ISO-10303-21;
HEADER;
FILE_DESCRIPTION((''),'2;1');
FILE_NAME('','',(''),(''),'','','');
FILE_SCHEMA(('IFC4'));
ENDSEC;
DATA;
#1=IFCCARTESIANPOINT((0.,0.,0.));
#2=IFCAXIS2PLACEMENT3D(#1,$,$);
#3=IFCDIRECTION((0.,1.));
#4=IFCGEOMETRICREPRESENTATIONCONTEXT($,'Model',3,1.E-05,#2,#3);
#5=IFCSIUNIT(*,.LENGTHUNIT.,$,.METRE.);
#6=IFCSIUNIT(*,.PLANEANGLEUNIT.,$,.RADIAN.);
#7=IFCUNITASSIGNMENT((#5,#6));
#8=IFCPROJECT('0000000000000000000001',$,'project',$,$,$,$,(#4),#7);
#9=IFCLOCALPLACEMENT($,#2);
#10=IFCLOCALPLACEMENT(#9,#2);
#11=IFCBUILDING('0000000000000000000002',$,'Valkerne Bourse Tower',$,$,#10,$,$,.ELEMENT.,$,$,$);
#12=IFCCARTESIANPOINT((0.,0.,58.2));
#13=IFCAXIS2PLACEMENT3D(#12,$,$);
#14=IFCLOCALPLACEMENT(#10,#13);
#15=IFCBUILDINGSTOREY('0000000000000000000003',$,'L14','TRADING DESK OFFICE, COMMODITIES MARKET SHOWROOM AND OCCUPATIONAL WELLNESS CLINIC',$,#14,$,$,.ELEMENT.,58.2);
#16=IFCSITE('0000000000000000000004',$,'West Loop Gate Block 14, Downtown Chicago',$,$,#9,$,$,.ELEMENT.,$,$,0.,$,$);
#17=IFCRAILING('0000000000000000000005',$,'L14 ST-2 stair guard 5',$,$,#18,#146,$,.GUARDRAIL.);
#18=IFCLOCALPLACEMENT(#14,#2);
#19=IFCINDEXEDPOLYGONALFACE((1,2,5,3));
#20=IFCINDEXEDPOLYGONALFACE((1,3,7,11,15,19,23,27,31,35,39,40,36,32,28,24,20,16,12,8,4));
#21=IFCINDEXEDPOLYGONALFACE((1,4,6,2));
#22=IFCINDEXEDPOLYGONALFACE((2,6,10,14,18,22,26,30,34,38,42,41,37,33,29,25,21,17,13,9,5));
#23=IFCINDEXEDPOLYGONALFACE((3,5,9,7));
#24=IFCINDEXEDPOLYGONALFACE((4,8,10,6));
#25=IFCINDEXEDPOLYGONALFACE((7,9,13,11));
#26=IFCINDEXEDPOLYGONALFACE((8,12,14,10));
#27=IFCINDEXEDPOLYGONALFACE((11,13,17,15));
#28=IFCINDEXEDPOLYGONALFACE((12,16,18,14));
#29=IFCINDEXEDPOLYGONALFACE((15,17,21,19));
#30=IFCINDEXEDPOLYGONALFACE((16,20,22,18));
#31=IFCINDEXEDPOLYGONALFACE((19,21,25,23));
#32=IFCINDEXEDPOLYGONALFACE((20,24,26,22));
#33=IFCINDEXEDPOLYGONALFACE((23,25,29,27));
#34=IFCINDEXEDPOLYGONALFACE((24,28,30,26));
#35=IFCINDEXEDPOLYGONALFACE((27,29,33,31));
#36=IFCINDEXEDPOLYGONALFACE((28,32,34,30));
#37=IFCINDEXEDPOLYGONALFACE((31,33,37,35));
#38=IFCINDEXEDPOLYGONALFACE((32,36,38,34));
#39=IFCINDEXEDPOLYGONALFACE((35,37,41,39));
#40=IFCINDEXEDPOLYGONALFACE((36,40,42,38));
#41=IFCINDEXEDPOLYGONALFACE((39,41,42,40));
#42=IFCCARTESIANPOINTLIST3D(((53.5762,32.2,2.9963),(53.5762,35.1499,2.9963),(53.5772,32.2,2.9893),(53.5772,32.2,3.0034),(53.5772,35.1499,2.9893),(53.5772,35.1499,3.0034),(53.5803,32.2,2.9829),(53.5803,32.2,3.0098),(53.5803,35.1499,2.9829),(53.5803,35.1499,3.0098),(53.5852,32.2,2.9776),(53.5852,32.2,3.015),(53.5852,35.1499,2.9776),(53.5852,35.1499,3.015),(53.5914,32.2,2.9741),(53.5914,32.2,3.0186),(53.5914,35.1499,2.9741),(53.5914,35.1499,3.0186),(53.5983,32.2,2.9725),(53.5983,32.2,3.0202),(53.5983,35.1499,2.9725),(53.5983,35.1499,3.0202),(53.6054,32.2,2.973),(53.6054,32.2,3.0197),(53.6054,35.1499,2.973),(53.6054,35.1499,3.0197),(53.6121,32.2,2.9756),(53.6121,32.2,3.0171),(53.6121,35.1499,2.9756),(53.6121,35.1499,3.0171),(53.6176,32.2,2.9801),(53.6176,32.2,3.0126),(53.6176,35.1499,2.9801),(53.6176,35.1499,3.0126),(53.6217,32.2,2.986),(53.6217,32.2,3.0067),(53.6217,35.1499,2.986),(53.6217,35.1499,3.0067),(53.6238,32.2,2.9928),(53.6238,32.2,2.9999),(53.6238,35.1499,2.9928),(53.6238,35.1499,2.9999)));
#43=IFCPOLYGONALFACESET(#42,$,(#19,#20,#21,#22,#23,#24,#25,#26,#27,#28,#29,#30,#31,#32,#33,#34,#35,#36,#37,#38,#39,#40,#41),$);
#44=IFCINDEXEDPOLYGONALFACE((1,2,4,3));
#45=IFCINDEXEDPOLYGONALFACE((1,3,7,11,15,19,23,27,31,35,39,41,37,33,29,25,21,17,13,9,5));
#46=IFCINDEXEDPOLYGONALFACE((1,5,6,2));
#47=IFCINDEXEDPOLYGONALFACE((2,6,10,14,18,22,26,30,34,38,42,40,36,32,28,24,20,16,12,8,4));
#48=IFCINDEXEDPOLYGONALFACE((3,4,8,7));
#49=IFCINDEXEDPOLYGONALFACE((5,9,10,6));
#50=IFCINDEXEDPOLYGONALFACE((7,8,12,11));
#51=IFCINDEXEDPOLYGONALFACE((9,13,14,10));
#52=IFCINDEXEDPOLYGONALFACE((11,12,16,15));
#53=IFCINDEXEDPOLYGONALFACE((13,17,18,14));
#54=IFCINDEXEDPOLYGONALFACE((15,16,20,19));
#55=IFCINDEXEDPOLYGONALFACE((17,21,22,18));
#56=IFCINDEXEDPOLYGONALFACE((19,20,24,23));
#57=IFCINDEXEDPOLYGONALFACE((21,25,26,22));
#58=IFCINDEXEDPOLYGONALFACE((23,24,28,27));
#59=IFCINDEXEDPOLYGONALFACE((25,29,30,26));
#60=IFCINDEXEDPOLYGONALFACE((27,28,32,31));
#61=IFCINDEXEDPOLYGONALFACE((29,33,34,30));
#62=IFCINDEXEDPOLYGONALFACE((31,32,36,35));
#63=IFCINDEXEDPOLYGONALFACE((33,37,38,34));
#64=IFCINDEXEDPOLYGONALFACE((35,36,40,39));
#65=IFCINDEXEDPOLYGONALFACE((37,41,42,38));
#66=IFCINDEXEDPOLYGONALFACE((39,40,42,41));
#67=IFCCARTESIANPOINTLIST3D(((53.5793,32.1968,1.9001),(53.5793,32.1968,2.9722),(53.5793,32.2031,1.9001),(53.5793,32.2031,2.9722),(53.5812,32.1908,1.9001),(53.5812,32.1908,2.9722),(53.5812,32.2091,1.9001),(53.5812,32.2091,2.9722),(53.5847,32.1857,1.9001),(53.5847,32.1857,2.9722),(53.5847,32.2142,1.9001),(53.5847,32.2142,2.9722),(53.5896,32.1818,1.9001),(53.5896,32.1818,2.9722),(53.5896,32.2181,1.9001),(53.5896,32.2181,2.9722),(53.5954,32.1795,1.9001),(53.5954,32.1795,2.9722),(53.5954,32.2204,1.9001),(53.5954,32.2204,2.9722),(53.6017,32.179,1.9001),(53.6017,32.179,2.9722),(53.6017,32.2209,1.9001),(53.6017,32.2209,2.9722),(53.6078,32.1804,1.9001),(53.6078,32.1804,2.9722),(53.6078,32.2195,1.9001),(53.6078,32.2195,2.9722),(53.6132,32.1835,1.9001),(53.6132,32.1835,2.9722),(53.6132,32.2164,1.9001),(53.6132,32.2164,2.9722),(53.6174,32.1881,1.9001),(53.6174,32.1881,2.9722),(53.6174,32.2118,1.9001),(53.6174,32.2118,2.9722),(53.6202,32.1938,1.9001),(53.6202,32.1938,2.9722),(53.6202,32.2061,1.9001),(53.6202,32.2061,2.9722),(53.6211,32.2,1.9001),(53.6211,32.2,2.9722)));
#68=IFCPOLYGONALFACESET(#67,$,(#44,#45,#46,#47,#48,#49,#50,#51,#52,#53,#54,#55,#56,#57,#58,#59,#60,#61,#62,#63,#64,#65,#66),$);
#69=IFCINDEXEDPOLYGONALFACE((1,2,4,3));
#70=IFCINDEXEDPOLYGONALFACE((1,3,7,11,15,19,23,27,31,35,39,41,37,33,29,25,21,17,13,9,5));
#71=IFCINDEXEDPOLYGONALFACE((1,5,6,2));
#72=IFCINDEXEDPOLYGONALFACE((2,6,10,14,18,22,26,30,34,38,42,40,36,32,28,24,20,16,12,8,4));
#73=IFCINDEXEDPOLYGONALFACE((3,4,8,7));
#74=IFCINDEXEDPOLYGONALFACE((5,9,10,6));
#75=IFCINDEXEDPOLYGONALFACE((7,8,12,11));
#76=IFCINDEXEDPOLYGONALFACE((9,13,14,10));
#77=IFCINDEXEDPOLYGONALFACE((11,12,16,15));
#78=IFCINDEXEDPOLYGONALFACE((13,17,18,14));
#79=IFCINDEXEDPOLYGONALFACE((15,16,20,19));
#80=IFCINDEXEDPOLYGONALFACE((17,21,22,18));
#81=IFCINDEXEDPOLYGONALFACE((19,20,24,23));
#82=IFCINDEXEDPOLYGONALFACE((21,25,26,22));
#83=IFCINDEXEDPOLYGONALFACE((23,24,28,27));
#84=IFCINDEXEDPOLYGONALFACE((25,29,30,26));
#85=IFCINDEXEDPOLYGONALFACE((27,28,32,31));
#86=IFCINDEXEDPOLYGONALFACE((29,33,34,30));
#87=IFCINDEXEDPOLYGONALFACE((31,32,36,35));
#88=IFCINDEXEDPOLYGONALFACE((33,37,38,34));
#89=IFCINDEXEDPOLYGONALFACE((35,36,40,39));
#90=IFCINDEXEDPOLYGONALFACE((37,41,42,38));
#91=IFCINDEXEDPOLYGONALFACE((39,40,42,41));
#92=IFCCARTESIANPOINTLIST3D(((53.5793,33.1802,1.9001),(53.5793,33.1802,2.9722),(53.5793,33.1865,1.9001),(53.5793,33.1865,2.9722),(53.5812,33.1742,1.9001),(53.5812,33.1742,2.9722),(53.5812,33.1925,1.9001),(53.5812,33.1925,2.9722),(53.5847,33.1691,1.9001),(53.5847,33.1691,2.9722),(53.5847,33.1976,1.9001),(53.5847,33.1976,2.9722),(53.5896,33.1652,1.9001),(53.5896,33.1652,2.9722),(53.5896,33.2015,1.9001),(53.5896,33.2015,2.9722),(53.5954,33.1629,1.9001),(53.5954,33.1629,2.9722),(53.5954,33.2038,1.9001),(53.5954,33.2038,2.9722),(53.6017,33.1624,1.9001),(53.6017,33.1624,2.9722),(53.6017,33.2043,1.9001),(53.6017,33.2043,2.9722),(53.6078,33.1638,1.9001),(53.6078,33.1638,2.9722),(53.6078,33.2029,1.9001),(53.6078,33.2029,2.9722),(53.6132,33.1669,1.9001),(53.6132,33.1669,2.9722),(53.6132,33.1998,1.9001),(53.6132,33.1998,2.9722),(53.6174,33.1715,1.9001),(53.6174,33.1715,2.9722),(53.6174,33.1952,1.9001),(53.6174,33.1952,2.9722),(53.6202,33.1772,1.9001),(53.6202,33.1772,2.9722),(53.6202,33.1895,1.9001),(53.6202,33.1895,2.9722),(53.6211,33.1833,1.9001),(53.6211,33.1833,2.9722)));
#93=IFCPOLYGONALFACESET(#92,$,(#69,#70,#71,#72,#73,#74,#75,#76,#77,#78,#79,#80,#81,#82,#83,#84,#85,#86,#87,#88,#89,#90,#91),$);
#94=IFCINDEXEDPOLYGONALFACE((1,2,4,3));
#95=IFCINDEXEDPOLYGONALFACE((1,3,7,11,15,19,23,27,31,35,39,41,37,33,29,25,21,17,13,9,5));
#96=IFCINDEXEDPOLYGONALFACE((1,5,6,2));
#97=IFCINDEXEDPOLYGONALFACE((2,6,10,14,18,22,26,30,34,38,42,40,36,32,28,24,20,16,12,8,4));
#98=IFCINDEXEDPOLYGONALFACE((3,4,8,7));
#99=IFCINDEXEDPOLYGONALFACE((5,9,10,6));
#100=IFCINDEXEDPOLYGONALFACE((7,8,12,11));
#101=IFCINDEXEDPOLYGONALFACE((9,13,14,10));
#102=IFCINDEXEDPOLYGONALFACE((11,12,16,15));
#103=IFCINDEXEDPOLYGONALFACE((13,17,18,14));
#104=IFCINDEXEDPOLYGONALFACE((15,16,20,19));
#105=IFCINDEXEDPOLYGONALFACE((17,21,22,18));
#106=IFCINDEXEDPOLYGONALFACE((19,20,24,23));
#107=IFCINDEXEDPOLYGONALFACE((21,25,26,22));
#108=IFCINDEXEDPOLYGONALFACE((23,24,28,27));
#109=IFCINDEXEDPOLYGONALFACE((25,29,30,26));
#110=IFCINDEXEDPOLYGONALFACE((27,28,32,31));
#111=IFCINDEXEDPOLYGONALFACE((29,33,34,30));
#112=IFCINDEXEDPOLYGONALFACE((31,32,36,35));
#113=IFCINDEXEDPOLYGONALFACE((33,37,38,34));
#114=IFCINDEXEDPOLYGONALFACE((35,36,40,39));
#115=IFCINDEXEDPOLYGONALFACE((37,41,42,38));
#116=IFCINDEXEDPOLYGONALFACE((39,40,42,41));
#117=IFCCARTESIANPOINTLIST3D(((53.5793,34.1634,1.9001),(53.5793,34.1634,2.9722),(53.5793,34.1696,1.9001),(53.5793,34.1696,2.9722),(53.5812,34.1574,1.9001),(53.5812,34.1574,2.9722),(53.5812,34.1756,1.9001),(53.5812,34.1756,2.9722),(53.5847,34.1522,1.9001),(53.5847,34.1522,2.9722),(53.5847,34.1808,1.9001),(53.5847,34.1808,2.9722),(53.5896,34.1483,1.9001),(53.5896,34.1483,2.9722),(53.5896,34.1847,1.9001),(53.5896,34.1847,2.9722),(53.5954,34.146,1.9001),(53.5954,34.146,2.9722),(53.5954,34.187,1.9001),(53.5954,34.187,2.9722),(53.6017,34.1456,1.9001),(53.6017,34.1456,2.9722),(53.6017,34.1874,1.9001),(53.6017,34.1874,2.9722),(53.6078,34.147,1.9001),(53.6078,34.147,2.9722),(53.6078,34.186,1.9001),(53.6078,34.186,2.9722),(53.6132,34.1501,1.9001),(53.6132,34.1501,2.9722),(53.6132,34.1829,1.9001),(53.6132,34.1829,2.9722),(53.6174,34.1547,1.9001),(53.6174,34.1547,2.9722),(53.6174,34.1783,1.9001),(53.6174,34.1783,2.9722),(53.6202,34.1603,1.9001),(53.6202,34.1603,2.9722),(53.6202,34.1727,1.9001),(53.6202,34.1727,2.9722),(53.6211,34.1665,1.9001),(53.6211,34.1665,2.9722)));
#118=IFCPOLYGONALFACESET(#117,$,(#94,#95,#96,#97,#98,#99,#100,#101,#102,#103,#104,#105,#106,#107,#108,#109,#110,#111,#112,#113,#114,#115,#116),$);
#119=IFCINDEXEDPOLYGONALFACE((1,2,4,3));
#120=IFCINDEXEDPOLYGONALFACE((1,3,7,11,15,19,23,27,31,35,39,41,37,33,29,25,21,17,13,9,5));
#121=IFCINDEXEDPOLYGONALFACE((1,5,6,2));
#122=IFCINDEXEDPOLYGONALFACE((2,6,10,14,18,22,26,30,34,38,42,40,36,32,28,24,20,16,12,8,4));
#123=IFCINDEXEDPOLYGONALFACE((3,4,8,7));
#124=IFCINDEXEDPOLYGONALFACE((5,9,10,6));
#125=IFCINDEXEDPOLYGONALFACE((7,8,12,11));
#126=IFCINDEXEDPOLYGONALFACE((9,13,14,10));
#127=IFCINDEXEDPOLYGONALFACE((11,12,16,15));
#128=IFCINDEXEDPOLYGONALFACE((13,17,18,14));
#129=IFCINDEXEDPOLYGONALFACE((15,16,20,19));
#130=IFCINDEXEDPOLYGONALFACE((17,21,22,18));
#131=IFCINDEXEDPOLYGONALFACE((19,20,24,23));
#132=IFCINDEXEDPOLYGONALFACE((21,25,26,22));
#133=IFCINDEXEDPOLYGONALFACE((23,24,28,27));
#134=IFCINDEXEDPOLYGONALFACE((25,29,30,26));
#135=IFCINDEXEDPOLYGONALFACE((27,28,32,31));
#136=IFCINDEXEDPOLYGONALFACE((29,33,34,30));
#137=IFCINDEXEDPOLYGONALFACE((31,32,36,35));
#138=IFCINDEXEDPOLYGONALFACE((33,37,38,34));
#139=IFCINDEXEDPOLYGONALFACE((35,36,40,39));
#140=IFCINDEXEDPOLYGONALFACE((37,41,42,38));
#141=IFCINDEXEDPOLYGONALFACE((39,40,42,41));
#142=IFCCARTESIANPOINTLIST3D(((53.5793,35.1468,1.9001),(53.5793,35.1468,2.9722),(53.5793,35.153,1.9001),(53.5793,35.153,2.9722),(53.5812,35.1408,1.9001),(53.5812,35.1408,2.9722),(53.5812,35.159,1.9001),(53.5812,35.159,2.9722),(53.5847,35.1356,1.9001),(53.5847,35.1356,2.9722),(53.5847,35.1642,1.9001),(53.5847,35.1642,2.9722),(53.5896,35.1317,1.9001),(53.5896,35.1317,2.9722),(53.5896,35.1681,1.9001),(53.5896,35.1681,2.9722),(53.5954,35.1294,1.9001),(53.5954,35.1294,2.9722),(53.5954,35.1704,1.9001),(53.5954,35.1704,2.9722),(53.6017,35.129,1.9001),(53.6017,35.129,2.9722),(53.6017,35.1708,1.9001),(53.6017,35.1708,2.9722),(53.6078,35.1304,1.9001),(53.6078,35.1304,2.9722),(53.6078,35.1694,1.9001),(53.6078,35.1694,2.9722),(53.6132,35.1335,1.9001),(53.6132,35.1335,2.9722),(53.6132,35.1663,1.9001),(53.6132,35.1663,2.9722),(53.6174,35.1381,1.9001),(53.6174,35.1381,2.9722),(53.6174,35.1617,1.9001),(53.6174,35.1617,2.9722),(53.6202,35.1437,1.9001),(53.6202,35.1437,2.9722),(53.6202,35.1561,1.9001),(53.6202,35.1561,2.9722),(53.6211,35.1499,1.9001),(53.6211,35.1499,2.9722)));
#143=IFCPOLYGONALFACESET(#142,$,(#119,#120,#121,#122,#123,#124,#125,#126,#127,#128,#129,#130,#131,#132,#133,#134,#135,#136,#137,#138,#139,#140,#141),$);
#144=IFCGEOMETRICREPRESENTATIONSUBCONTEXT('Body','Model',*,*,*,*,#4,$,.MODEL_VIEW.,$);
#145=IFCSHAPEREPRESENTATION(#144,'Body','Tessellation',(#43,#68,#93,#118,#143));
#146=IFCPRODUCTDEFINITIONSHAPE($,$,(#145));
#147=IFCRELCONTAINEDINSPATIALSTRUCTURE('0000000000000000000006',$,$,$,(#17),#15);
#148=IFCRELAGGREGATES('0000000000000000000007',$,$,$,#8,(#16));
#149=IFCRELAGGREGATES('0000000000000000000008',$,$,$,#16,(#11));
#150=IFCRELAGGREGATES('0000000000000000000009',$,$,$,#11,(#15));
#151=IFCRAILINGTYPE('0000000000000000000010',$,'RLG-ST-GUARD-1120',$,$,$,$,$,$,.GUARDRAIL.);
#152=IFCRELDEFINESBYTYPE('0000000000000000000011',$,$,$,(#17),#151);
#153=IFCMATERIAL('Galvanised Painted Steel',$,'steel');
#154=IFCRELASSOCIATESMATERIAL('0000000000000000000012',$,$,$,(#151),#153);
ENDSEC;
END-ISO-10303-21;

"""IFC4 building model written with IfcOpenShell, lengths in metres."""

from ifc_helpers import new_model, si_unit, direction, frame, origin, origin_2d, place, context, subcontext, project, spatial, circle, extrude, material, type_object, element, save


model = new_model("IFC4")

# Units and contexts
model_context = context("Model", 3, precision=1e-05, world=origin(), true_north=direction((0.0, 1.0)))
body_context = subcontext(model_context, "Body", "Model", "MODEL_VIEW")
ifc_project = project(units=[si_unit("LENGTHUNIT", "METRE"), si_unit("PLANEANGLEUNIT", "RADIAN")], contexts=[model_context])

# Site, building, storey
site_placement = place(None, origin())
site = spatial("IfcSite", under=ifc_project, at=site_placement, Name="West Loop Gate Block 14, Downtown Chicago", CompositionType="ELEMENT", RefElevation=0.0)
building_placement = place(site_placement, origin())
building = spatial("IfcBuilding", under=site, at=building_placement, Name="Valkerne Bourse Tower", CompositionType="ELEMENT")
storey_placement = place(building_placement, frame((0.0, 0.0, 58.2)))
storey = spatial("IfcBuildingStorey", under=building, at=storey_placement, Name="L14", Description="TRADING DESK OFFICE, COMMODITIES MARKET SHOWROOM AND OCCUPATIONAL WELLNESS CLINIC", CompositionType="ELEMENT", Elevation=58.2)

# Railing
ifc_material_1 = material(Name="Galvanised Painted Steel", Category="steel")
railing_type_1 = type_object("IfcRailingType", Name="RLG-ST-GUARD-1120", PredefinedType="GUARDRAIL", material=ifc_material_1)
railing_1_placement = place(storey_placement, frame((53.6001, 32.2, 1.9001)))
element("IfcRailing", 1, at=railing_1_placement, inside=storey, type_object=railing_type_1, Name="L14 ST-2 stair guard 5", PredefinedType="GUARDRAIL", context=body_context, shape_type="SweptSolid", body=[
    extrude(circle(Radius=0.0239, at=origin_2d()), frame((0.0, 0.0, 1.0962), z_axis=(0.0, 1.0, 0.0), x_axis=(-1.0, 0.0, 0.0)), (0.0, 0.0, 1.0), 2.95),
    extrude(circle(Radius=0.021, at=origin_2d()), origin(), (0.0, 0.0, 1.0), 1.072),
    extrude(circle(Radius=0.021, at=origin_2d()), frame((0.0, 0.9834, 0.0)), (0.0, 0.0, 1.0), 1.072),
    extrude(circle(Radius=0.021, at=origin_2d()), frame((0.0, 1.9666, 0.0)), (0.0, 0.0, 1.0), 1.072),
    extrude(circle(Radius=0.021, at=origin_2d()), frame((0.0, 2.95, 0.0)), (0.0, 0.0, 1.0), 1.072),
])

save(model, "model.ifc")
